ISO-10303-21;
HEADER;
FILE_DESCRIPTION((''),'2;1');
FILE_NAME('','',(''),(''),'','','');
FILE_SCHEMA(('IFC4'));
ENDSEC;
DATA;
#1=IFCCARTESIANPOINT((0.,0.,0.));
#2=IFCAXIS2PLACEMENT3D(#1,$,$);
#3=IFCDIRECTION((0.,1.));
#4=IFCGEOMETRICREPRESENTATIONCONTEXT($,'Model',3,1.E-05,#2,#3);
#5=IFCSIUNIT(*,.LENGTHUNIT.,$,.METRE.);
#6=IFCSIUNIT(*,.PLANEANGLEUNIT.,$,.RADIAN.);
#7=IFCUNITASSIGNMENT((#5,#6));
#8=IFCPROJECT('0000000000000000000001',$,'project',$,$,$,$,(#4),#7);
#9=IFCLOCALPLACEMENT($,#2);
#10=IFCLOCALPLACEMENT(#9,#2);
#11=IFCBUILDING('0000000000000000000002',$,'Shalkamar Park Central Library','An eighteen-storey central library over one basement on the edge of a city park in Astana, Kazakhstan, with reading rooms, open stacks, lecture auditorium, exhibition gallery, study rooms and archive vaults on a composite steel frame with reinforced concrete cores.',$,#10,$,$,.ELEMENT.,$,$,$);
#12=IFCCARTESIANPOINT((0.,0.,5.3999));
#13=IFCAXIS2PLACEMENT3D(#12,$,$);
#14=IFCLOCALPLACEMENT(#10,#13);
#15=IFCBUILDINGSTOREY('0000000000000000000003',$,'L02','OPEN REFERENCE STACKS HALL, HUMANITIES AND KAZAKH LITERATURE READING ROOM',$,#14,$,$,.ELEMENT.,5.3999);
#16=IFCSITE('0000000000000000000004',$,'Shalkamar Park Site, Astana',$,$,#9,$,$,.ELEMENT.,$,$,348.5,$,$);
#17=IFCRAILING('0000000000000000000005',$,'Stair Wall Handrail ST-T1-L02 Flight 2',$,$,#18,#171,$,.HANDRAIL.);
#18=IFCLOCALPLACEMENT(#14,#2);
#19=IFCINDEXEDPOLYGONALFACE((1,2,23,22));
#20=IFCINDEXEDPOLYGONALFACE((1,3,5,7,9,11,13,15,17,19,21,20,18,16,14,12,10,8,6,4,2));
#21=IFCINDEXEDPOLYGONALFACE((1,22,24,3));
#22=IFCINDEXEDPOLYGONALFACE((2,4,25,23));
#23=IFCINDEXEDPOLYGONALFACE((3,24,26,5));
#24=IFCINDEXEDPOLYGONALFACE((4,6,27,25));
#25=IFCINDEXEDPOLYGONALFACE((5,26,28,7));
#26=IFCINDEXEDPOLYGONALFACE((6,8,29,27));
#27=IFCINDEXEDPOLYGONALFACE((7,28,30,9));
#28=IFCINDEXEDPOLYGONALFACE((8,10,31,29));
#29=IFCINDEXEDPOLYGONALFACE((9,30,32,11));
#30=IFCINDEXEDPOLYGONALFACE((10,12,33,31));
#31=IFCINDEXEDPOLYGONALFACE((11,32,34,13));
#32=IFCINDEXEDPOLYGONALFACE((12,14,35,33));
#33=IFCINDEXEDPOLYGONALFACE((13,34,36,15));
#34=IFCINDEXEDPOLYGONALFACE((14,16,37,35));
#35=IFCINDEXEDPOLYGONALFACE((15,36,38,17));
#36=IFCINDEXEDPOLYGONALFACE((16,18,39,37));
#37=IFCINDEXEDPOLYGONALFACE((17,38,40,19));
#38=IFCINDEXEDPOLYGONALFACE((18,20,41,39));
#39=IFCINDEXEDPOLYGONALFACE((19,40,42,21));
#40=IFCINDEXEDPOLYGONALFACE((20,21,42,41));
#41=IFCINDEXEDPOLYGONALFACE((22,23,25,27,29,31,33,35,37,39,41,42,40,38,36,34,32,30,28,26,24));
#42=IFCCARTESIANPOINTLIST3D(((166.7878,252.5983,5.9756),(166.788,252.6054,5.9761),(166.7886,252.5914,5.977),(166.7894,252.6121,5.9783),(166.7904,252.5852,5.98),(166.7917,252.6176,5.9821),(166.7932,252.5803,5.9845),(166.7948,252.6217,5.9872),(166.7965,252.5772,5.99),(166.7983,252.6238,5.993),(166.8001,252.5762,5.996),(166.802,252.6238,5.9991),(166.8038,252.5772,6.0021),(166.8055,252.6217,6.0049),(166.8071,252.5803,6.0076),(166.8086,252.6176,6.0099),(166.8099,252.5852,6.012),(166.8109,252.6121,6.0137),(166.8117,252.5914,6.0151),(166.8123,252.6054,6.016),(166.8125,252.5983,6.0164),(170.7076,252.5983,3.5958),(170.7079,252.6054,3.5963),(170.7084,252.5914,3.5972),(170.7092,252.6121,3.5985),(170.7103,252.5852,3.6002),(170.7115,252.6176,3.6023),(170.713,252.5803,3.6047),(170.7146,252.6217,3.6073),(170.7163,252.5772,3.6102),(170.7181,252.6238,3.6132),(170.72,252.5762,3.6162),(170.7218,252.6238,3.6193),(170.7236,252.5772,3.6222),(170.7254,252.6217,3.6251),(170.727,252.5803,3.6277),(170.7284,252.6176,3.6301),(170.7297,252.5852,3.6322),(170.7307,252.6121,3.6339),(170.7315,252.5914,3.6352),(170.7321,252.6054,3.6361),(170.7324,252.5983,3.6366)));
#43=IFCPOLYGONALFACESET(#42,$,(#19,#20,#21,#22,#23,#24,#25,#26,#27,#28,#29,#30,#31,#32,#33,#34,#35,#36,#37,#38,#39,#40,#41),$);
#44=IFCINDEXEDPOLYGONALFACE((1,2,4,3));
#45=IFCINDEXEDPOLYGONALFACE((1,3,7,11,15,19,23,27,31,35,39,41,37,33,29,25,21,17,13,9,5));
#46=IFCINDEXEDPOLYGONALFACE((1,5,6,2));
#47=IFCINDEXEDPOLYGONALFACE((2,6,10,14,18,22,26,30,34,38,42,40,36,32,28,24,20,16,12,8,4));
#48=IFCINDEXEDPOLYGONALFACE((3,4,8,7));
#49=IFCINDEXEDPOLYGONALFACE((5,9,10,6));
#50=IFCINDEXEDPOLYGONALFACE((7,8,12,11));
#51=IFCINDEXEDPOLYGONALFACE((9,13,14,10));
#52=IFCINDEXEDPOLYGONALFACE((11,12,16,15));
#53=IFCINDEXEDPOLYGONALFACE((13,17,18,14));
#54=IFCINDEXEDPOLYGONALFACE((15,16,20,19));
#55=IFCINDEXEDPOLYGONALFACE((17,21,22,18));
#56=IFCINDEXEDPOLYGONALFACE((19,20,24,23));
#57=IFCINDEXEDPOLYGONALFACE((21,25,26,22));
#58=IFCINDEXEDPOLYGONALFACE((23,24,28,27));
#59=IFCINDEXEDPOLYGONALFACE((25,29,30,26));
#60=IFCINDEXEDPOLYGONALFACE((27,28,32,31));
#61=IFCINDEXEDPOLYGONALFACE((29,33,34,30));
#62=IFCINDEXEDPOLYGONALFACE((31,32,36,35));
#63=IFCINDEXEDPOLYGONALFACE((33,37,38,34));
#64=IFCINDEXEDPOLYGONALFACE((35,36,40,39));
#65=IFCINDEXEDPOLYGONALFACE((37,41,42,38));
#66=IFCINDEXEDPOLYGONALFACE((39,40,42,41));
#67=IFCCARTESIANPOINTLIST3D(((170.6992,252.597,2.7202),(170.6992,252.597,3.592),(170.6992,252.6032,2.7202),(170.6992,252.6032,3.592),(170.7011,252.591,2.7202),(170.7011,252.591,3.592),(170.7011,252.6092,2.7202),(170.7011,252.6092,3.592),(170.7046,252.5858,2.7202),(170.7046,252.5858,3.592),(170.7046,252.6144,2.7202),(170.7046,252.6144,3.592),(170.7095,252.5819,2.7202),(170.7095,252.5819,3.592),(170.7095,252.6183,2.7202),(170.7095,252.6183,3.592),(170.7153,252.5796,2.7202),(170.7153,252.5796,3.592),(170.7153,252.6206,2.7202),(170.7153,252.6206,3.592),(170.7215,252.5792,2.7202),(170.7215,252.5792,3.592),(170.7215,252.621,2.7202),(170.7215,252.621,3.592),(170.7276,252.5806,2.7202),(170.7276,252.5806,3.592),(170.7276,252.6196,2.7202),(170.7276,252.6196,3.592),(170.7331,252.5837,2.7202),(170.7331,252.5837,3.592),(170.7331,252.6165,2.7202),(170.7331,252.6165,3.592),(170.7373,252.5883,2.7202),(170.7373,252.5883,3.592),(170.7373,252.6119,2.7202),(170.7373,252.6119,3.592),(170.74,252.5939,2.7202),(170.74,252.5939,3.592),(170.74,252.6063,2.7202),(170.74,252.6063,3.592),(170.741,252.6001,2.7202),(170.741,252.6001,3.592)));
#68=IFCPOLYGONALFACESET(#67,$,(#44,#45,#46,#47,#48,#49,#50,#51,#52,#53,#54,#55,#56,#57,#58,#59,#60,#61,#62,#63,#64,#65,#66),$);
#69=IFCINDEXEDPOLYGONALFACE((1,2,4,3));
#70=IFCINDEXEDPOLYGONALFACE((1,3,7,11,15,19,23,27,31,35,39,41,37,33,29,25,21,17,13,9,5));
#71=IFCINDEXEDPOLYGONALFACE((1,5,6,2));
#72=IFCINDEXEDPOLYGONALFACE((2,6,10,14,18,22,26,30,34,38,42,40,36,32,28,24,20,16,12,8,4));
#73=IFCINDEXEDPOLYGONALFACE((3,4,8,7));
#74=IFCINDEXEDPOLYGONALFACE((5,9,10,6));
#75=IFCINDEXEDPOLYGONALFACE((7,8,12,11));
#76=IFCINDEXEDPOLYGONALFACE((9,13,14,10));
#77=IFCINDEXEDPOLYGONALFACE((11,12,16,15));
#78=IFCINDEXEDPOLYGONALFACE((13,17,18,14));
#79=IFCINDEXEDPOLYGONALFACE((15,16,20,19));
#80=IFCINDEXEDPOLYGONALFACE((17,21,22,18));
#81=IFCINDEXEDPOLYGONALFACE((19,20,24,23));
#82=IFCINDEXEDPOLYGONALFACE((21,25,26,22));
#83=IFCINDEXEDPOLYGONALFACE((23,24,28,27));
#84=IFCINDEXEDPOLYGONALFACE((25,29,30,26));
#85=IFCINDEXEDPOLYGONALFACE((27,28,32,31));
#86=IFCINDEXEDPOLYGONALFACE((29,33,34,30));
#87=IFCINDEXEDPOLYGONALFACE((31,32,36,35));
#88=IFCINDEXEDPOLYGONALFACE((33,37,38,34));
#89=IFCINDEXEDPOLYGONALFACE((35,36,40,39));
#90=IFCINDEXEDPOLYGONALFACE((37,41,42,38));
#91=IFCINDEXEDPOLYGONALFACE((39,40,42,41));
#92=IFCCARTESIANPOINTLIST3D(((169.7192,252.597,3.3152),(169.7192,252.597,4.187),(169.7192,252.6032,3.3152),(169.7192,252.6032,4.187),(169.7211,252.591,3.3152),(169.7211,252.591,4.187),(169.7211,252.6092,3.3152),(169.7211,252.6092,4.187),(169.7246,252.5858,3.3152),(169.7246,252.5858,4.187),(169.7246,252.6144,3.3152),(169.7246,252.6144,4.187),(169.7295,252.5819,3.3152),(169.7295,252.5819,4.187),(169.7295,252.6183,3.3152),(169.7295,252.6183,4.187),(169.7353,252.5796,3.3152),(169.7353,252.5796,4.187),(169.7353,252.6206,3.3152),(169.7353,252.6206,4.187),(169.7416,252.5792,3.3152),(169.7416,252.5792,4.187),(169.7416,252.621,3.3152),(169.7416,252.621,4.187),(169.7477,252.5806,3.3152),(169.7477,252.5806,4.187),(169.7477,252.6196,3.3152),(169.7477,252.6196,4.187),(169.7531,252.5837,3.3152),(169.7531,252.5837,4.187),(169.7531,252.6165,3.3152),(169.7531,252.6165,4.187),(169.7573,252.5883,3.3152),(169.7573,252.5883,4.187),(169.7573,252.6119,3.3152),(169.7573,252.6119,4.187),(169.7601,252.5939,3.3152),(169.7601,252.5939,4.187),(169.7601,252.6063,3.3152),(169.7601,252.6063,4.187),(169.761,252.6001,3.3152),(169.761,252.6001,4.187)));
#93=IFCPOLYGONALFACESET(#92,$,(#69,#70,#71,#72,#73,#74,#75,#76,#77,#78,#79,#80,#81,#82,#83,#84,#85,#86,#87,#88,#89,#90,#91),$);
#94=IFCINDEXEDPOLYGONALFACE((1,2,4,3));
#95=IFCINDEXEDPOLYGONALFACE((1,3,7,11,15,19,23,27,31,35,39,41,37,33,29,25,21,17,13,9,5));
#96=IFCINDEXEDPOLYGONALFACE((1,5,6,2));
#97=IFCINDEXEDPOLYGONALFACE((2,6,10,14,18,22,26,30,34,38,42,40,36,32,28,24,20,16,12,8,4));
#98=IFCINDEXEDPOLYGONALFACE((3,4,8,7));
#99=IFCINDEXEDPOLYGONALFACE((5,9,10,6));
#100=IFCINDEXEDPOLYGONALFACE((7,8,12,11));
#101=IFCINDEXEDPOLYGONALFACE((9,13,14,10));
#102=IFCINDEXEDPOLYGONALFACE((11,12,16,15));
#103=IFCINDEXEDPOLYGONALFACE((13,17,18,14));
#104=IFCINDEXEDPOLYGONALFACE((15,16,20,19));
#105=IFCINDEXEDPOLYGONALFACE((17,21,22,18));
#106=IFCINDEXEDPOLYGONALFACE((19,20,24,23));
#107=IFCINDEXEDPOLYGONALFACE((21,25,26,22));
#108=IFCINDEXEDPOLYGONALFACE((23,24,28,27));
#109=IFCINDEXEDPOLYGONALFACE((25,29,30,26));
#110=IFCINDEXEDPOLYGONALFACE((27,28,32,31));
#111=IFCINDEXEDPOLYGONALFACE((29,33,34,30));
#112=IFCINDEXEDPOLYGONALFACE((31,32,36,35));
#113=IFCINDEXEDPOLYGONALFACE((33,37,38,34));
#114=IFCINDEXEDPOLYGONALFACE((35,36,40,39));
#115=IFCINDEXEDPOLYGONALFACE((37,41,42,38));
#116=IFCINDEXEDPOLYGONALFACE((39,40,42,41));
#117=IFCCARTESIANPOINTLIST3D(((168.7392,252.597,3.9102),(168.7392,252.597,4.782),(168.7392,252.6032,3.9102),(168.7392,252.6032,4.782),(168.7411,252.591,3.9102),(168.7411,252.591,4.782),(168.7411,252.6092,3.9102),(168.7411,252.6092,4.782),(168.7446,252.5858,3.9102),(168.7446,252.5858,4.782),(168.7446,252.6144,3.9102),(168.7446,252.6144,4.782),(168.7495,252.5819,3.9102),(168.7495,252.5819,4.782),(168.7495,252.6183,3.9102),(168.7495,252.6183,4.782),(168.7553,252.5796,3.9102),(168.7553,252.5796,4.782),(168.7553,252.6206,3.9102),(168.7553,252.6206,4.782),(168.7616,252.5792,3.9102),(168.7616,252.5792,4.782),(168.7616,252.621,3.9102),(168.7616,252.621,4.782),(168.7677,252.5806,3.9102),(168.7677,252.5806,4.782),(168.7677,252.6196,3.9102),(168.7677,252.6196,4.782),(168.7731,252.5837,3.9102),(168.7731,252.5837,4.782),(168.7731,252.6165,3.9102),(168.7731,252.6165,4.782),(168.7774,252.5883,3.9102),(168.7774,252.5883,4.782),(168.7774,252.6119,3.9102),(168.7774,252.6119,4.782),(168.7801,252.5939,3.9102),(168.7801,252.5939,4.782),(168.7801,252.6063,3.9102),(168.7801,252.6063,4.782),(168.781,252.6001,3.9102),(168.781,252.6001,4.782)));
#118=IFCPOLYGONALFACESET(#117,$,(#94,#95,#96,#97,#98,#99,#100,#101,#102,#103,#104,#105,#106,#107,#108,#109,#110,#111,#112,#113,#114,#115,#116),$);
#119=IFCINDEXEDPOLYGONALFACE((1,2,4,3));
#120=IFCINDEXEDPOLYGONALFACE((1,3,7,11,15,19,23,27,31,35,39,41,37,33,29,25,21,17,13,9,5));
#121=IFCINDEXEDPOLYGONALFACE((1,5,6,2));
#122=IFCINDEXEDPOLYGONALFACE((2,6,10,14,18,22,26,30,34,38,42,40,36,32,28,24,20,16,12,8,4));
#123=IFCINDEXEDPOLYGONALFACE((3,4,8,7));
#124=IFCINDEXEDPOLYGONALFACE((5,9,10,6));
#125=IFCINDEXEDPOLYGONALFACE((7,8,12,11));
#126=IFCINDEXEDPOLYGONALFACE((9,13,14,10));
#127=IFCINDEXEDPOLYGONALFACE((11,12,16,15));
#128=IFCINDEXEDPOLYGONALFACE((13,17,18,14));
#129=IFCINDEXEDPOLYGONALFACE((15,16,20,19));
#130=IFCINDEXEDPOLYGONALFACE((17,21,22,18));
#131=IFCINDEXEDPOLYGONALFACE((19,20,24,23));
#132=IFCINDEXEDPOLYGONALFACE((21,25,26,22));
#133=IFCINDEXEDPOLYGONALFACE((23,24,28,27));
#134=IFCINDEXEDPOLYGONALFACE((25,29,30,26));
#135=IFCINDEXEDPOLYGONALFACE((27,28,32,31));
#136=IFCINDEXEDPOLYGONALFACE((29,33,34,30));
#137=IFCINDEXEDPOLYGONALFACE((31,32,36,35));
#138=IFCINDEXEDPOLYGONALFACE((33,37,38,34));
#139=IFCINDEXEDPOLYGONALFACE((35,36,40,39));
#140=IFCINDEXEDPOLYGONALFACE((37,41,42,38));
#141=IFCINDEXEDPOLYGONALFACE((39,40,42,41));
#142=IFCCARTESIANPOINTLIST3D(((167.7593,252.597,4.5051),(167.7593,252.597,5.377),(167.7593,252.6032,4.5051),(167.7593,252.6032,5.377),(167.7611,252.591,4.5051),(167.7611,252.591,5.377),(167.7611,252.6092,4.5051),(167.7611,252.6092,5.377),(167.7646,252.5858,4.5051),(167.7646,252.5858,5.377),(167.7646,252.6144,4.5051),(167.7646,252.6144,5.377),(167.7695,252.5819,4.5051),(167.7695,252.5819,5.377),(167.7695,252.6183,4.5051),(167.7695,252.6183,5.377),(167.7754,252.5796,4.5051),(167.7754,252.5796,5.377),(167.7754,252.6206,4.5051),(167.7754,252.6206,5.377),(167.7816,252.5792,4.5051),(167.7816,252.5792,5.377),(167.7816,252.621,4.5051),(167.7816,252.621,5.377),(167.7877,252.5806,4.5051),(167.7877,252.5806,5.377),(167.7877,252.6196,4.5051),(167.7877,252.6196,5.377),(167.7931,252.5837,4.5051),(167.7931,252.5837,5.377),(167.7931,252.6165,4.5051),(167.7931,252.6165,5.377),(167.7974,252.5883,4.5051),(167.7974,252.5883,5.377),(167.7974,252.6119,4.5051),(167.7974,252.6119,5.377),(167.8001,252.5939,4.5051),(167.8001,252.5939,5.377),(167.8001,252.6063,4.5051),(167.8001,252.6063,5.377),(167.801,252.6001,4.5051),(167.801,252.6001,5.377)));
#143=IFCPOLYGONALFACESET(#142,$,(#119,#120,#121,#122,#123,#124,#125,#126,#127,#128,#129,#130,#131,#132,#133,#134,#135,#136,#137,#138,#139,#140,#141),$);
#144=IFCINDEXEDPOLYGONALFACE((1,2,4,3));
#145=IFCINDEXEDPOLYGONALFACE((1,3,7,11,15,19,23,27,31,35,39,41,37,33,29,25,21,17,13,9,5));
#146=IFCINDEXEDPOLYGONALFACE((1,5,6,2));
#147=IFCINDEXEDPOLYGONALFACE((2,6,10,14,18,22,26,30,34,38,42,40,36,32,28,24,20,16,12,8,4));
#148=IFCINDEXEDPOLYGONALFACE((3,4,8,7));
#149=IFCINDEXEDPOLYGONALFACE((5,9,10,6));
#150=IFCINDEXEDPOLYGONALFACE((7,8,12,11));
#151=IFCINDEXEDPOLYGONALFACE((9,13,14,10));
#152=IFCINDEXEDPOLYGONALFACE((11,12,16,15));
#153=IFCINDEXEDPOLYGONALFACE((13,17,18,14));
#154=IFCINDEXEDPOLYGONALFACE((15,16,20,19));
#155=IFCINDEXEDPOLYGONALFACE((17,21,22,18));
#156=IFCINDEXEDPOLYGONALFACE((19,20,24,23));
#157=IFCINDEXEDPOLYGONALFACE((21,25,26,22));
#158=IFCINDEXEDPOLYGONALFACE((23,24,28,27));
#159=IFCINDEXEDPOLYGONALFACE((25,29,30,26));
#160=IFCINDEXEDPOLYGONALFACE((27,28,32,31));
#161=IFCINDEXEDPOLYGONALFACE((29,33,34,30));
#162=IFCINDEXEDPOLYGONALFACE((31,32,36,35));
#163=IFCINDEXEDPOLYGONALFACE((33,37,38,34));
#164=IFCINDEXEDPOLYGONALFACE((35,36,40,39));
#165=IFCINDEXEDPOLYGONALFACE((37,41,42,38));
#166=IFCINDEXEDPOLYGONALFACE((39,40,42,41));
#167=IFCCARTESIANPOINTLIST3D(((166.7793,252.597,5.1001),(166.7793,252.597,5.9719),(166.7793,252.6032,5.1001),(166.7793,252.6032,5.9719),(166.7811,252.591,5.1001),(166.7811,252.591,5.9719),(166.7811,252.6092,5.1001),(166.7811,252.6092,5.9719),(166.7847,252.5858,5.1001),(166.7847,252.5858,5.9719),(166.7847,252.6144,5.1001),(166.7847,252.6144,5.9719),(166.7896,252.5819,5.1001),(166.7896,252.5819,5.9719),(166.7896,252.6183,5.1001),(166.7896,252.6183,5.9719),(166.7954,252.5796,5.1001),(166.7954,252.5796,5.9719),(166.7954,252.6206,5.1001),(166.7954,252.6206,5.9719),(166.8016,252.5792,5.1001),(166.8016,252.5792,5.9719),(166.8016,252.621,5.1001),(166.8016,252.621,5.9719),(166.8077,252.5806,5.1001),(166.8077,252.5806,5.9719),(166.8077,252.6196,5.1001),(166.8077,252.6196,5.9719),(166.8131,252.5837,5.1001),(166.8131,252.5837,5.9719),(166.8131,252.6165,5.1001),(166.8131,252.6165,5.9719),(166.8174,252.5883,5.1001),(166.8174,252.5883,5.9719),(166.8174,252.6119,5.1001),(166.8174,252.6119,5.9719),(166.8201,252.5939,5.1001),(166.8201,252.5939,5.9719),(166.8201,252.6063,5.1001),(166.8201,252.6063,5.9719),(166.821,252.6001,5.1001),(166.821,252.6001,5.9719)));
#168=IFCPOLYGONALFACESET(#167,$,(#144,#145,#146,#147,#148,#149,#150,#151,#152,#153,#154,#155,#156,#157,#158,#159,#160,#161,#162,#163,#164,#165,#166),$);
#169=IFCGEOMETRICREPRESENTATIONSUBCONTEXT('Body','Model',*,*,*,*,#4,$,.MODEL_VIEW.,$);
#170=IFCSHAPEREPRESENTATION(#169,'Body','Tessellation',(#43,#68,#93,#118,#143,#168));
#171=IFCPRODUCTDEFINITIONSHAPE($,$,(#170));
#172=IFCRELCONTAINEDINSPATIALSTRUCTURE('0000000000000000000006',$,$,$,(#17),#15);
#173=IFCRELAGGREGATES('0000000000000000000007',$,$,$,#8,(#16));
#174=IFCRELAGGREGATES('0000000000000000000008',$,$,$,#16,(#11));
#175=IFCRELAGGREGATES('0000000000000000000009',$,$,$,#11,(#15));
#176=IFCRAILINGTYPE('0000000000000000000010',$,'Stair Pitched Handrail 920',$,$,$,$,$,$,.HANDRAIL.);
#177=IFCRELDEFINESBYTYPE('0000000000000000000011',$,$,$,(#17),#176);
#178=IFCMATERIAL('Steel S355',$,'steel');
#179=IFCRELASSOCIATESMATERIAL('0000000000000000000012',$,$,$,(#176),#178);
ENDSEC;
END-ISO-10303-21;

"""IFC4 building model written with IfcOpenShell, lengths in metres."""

from ifc_helpers import new_model, si_unit, direction, frame, origin, origin_2d, place, context, subcontext, project, spatial, circle, extrude, material, type_object, element, save


model = new_model("IFC4")

# Units and contexts
model_context = context("Model", 3, precision=1e-05, world=origin(), true_north=direction((0.0, 1.0)))
body_context = subcontext(model_context, "Body", "Model", "MODEL_VIEW")
ifc_project = project(units=[si_unit("LENGTHUNIT", "METRE"), si_unit("PLANEANGLEUNIT", "RADIAN")], contexts=[model_context])

# Site, building, storey
site_placement = place(None, origin())
site = spatial("IfcSite", under=ifc_project, at=site_placement, Name="Shalkamar Park Site, Astana", CompositionType="ELEMENT", RefElevation=348.5)
building_placement = place(site_placement, origin())
building = spatial("IfcBuilding", under=site, at=building_placement, Name="Shalkamar Park Central Library", Description="An eighteen-storey central library over one basement on the edge of a city park in Astana, Kazakhstan, with reading rooms, open stacks, lecture auditorium, exhibition gallery, study rooms and archive vaults on a composite steel frame with reinforced concrete cores.", CompositionType="ELEMENT")
storey_placement = place(building_placement, frame((0.0, 0.0, 5.3999)))
storey = spatial("IfcBuildingStorey", under=building, at=storey_placement, Name="L02", Description="OPEN REFERENCE STACKS HALL, HUMANITIES AND KAZAKH LITERATURE READING ROOM", CompositionType="ELEMENT", Elevation=5.3999)

# Shared definitions
ifc_material_1 = material(Name="Steel S355", Category="steel")

# Railing
railing_type = type_object("IfcRailingType", Name="Stair Pitched Handrail 920", PredefinedType="HANDRAIL", material=ifc_material_1)
railing_placement = place(storey_placement, frame((170.72, 252.6001, 2.7202)))
element("IfcRailing", 1, at=railing_placement, inside=storey, type_object=railing_type, Name="Stair Wall Handrail ST-T1-L02 Flight 2", PredefinedType="HANDRAIL", context=body_context, shape_type="SweptSolid", body=[
    extrude(circle(Radius=0.0239, at=origin_2d()), frame((0.0, 0.0, 0.896), z_axis=(-0.854794, 0.0, 0.518967), x_axis=(0.0, -1.0, 0.0)), (0.0, 0.0, 1.0), 4.5857),
    extrude(circle(Radius=0.021, at=origin_2d()), origin(), (0.0, 0.0, 1.0), 0.8718),
    extrude(circle(Radius=0.021, at=origin_2d()), frame((-0.98, 0.0, 0.595)), (0.0, 0.0, 1.0), 0.8718),
    extrude(circle(Radius=0.021, at=origin_2d()), frame((-1.96, 0.0, 1.1899)), (0.0, 0.0, 1.0), 0.8718),
    extrude(circle(Radius=0.021, at=origin_2d()), frame((-2.9399, 0.0, 1.7849)), (0.0, 0.0, 1.0), 0.8718),
    extrude(circle(Radius=0.021, at=origin_2d()), frame((-3.9199, 0.0, 2.3799)), (0.0, 0.0, 1.0), 0.8718),
])

save(model, "model.ifc")
